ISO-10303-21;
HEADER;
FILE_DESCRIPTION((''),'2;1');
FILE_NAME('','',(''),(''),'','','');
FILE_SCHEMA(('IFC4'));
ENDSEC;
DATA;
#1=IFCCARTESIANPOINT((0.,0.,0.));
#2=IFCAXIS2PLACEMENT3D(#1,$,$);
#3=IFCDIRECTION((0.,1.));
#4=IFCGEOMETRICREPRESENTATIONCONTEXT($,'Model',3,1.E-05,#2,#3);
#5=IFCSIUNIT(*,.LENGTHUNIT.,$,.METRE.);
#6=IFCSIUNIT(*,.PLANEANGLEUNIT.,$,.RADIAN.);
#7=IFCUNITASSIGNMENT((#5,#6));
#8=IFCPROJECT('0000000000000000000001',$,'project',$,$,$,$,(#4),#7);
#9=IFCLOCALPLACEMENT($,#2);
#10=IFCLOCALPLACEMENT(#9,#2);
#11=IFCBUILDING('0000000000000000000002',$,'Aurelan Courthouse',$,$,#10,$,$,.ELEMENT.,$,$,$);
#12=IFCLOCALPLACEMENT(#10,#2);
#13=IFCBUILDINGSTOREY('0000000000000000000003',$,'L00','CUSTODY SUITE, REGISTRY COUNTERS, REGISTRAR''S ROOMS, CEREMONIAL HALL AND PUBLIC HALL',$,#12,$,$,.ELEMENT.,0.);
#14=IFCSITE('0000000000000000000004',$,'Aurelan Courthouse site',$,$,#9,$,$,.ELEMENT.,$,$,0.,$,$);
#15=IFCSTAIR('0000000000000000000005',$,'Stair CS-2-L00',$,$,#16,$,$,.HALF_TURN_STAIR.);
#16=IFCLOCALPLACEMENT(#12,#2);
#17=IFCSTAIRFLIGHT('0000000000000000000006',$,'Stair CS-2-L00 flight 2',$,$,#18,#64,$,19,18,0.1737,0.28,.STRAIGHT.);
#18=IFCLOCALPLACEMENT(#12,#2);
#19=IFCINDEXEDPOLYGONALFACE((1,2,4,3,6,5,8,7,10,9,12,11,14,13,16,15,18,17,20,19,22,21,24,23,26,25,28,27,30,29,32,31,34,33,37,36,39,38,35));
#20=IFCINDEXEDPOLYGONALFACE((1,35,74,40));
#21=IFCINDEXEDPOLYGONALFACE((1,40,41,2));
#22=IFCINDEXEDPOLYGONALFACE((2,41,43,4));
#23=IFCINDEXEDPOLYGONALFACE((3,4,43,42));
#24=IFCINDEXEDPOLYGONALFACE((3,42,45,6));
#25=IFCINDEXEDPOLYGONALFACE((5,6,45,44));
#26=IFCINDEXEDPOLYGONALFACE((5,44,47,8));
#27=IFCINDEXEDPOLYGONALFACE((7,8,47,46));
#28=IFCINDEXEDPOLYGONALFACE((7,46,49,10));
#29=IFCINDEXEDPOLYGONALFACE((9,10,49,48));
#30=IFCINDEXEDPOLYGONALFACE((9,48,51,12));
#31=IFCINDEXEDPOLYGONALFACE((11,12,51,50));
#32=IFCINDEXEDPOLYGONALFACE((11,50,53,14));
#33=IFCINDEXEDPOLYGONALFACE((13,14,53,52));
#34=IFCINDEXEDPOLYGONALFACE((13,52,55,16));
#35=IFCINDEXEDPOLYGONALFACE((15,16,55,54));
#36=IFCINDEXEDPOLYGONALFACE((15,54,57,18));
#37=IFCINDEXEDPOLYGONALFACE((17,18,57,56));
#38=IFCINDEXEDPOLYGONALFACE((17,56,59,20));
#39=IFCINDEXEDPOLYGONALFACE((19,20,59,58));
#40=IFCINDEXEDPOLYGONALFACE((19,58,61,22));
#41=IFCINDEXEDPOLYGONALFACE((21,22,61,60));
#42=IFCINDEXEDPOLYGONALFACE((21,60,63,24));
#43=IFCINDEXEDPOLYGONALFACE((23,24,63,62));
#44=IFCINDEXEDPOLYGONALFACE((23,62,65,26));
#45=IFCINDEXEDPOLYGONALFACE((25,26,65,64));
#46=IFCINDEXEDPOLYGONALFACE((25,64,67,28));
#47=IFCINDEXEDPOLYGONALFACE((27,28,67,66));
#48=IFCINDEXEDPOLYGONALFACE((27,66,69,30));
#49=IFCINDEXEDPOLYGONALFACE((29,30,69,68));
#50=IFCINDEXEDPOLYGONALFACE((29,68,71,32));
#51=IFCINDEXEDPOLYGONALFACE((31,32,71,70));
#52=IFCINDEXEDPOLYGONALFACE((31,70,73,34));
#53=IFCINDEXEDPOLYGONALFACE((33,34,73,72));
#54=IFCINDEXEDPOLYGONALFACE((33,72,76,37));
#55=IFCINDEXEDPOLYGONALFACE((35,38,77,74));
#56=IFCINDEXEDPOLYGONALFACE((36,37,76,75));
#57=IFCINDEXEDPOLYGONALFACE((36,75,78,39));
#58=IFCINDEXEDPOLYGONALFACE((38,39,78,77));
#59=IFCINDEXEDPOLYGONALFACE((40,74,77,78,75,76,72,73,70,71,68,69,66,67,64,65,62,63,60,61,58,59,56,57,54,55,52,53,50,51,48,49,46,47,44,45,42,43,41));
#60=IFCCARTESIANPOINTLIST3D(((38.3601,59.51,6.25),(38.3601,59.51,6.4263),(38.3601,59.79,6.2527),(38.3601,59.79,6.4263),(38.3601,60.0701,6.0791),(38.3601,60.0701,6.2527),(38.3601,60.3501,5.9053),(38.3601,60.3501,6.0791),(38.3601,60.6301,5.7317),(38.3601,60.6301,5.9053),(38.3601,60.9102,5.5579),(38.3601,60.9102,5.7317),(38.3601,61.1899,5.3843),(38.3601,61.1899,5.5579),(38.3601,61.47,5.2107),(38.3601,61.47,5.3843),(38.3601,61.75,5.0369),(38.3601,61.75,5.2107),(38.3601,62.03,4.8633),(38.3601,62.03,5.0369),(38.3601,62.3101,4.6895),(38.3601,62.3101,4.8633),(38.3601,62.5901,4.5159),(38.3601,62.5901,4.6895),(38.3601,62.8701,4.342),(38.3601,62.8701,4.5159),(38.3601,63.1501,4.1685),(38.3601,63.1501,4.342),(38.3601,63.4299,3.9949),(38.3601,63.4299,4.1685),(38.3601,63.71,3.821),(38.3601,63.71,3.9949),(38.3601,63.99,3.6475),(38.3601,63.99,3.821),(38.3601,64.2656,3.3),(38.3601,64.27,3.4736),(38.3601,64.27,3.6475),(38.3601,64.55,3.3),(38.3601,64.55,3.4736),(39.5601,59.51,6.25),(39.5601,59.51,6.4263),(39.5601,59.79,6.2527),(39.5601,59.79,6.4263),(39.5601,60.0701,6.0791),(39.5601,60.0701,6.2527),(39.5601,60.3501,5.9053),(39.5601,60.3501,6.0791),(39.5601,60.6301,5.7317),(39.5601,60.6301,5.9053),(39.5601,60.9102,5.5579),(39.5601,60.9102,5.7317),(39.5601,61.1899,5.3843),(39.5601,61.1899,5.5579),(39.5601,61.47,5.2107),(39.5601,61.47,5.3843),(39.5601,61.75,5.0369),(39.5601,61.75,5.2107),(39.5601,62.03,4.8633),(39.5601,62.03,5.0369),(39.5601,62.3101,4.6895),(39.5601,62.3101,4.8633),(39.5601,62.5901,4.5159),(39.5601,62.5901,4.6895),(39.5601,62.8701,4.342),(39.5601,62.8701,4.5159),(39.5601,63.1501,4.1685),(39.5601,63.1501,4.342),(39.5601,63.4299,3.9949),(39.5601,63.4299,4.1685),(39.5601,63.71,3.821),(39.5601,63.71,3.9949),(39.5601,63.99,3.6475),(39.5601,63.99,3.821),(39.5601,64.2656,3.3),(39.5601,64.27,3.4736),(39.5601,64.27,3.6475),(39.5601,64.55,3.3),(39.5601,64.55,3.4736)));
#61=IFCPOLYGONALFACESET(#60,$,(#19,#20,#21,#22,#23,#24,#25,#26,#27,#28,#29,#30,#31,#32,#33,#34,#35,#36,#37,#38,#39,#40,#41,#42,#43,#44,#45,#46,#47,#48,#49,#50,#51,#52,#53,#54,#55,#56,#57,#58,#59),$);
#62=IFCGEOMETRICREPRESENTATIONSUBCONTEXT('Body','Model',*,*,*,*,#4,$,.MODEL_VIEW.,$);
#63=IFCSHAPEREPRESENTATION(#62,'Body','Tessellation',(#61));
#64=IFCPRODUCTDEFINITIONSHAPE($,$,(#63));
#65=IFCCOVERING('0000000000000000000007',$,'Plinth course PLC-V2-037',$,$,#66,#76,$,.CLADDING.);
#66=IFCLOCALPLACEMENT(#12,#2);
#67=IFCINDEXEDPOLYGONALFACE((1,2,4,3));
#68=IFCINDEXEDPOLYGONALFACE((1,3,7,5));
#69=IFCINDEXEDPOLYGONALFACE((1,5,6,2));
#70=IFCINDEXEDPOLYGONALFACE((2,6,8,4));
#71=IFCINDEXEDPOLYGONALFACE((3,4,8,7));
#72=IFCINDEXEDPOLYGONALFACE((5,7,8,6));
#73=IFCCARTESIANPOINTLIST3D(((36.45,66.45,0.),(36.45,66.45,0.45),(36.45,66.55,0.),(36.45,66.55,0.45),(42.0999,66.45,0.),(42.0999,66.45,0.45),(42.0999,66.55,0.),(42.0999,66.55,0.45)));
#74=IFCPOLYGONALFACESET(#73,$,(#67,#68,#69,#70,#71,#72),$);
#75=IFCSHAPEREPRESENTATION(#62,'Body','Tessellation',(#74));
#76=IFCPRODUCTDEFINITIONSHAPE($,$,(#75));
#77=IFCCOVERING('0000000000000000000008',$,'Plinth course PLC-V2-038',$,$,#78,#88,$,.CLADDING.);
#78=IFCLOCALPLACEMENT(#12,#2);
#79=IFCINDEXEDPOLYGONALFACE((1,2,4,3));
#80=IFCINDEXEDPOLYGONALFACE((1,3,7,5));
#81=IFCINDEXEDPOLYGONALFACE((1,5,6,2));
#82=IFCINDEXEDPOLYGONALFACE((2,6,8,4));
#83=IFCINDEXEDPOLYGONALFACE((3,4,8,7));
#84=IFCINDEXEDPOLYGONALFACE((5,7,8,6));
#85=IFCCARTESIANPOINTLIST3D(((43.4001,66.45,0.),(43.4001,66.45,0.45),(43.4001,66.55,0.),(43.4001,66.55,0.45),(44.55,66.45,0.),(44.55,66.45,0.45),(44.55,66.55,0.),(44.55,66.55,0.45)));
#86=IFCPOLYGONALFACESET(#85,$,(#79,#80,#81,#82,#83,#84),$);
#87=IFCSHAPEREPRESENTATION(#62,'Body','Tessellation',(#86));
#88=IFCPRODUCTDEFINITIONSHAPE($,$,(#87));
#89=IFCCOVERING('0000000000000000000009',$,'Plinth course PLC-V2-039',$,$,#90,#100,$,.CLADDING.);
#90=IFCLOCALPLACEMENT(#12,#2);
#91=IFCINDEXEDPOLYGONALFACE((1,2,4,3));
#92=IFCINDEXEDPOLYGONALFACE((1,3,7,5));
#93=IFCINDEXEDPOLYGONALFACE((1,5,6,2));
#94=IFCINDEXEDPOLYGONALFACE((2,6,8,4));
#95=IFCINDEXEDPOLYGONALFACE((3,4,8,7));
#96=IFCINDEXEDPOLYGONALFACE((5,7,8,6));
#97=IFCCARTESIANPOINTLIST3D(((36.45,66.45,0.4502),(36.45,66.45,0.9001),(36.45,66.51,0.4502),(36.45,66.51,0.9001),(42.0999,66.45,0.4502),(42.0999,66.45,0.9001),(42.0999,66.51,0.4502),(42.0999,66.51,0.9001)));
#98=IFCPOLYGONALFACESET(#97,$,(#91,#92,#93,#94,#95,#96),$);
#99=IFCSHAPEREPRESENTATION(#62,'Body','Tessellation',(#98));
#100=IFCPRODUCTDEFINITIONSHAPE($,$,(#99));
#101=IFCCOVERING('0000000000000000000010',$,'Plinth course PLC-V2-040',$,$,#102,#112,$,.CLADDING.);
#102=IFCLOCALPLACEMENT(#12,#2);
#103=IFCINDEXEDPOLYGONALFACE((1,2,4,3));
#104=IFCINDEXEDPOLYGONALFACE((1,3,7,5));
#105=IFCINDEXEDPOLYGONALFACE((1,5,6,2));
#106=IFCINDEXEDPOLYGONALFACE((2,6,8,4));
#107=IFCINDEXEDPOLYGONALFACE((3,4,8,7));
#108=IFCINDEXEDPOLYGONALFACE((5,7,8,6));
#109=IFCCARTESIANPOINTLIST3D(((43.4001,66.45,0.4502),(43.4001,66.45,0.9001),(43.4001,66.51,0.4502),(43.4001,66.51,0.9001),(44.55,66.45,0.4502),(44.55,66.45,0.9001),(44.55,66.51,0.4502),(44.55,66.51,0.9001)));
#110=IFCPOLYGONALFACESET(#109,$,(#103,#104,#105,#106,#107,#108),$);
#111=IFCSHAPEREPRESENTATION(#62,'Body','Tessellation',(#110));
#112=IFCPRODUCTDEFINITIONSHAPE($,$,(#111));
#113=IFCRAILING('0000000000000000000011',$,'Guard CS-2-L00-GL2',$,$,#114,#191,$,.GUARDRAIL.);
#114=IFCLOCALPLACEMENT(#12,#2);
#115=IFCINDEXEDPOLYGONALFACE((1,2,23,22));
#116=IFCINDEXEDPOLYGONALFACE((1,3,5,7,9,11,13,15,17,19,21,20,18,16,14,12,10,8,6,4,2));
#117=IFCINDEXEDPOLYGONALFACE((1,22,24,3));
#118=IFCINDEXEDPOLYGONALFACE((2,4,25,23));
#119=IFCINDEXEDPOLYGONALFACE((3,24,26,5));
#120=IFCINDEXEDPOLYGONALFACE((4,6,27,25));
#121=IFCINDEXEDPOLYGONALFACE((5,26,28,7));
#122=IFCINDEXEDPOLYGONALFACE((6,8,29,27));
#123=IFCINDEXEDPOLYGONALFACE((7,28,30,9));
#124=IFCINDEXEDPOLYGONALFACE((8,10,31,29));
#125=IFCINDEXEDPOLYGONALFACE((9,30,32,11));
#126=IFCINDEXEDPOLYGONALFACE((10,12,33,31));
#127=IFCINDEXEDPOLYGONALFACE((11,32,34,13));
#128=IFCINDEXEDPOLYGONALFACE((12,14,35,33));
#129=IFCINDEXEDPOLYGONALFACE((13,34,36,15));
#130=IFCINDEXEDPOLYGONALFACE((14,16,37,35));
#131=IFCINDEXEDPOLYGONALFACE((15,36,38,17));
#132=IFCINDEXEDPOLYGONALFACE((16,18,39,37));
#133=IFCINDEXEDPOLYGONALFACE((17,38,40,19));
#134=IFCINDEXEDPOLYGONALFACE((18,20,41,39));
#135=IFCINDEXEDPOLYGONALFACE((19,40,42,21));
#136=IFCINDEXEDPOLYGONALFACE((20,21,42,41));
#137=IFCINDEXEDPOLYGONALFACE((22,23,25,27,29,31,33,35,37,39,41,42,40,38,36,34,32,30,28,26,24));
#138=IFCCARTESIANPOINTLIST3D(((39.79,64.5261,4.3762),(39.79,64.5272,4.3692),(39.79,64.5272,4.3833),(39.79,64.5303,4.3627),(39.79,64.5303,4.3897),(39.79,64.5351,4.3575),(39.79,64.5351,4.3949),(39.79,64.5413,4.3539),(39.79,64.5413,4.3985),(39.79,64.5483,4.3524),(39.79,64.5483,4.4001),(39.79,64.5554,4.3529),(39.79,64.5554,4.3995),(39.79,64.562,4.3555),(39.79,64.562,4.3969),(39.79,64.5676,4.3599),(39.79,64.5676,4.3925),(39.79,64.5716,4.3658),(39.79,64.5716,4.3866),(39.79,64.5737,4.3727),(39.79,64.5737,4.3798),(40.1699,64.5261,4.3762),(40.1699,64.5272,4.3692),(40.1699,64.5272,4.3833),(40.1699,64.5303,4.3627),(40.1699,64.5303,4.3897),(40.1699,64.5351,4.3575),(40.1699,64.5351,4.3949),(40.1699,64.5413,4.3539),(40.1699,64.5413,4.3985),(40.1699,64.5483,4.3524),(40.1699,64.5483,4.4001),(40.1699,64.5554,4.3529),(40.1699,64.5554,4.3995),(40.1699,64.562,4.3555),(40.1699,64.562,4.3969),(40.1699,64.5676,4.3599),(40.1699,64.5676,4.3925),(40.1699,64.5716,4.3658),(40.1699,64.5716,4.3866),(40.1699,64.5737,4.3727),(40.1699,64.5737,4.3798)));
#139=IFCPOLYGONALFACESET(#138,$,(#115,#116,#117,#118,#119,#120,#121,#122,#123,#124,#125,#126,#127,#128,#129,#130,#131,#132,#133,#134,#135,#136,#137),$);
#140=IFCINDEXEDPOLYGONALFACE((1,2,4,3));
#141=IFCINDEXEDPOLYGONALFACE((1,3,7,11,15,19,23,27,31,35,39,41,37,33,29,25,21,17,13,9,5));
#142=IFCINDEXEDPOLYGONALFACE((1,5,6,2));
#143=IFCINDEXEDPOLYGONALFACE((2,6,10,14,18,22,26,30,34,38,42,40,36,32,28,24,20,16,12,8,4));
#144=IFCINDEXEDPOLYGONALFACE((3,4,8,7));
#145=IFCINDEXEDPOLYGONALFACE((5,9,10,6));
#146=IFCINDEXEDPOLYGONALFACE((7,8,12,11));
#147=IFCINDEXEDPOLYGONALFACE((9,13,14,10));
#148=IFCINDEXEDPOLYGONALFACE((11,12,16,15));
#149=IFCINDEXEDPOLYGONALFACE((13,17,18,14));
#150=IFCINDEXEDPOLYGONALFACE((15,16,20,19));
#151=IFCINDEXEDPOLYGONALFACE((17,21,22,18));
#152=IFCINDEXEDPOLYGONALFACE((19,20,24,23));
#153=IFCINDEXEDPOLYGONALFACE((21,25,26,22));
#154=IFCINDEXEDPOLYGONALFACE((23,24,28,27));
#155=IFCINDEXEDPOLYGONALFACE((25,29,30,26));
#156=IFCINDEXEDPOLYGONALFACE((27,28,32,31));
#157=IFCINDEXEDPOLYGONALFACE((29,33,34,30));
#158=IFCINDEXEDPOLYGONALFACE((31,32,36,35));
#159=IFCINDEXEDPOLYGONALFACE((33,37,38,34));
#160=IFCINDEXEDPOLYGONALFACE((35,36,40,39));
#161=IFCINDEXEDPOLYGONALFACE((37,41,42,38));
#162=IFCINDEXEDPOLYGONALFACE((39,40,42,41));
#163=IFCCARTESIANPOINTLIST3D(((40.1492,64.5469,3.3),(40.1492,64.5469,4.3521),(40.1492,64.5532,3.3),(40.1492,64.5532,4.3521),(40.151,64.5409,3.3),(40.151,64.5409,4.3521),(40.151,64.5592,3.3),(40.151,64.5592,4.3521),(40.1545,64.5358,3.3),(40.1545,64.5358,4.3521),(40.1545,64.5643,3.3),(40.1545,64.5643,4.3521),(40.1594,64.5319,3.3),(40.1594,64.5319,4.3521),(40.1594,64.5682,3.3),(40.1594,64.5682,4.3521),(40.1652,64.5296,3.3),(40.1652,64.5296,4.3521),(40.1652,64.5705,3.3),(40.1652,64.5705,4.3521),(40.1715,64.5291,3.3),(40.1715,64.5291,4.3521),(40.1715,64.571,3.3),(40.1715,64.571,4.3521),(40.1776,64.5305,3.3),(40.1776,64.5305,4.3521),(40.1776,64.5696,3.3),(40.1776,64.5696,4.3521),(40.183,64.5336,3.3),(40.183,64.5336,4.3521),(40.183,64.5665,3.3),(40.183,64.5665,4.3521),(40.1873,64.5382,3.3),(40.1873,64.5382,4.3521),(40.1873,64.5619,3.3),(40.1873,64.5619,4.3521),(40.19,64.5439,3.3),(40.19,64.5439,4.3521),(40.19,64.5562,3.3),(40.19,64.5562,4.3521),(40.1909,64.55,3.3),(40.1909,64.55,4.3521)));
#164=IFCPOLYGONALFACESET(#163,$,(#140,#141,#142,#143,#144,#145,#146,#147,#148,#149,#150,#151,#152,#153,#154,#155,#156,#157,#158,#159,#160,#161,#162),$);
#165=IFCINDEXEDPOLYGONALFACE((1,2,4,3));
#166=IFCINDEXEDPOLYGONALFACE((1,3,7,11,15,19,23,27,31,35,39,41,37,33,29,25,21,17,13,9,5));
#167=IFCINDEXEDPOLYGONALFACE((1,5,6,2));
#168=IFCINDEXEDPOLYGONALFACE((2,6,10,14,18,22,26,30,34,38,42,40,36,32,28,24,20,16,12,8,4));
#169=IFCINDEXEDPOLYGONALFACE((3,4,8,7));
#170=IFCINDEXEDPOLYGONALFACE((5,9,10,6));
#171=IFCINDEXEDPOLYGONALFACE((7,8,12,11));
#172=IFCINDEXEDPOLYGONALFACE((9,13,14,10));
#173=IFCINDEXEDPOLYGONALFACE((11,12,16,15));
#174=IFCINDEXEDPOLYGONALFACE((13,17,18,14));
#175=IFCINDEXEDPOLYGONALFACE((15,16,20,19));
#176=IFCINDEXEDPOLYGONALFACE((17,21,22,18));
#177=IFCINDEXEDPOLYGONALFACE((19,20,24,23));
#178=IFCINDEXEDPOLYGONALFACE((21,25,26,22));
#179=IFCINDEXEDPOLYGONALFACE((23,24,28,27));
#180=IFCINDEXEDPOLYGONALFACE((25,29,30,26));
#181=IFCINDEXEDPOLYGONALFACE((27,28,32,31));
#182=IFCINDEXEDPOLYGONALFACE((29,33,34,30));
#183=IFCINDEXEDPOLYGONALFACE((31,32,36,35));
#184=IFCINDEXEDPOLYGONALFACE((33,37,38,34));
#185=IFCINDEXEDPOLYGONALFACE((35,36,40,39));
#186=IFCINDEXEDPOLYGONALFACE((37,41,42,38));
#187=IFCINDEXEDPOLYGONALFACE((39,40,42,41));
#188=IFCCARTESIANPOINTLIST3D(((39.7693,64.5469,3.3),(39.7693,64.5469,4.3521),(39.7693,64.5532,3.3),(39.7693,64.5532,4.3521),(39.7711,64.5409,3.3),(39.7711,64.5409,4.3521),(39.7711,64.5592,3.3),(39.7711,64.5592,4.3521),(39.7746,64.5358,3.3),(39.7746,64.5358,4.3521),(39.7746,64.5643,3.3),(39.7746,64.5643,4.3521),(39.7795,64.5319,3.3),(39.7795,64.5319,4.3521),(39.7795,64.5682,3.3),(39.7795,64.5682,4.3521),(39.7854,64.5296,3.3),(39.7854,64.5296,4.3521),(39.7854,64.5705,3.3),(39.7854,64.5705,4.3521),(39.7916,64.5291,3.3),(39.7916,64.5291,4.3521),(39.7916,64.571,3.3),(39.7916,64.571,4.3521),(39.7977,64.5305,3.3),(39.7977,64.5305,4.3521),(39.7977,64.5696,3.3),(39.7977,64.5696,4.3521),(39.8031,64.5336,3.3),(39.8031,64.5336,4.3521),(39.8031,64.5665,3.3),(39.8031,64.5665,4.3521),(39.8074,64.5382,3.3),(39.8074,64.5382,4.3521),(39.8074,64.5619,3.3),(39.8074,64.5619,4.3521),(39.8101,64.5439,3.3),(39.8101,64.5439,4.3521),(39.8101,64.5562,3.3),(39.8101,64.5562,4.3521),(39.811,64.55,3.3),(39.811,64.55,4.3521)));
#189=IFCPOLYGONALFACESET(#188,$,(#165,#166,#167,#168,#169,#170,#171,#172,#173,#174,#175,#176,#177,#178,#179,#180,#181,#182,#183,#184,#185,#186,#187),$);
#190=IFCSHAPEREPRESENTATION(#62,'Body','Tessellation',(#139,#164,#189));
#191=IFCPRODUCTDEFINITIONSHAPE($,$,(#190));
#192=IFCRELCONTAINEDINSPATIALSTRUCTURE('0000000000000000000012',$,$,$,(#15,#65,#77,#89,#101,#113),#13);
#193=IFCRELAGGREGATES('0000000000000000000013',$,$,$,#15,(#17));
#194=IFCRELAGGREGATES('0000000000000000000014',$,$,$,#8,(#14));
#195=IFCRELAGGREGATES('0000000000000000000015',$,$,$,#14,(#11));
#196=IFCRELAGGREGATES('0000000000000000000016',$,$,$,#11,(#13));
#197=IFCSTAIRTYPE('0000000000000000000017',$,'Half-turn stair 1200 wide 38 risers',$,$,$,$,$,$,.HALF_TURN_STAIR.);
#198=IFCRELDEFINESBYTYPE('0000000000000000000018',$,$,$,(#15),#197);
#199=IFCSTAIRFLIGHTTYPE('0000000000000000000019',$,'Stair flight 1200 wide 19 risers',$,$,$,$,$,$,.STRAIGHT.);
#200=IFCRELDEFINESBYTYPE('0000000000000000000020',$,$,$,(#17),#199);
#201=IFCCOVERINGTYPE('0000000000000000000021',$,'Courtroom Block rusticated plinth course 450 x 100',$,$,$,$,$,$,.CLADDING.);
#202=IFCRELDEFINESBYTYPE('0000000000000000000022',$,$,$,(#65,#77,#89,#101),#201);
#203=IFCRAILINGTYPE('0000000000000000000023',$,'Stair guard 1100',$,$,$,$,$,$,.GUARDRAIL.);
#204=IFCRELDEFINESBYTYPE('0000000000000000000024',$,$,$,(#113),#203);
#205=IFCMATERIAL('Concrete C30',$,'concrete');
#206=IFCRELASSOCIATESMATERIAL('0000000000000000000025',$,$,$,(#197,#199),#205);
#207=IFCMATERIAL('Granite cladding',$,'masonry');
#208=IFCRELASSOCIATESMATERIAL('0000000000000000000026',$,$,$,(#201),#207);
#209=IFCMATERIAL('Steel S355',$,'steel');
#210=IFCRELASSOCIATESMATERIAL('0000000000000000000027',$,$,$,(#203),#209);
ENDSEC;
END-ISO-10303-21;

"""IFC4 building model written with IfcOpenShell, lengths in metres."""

from ifc_helpers import new_model, si_unit, direction, frame, origin, origin_2d, place, context, subcontext, project, spatial, polyline, rectangle, circle, outline, extrude, material, type_object, element, aggregate, save


model = new_model("IFC4")

# Units and contexts
model_context = context("Model", 3, precision=1e-05, world=origin(), true_north=direction((0.0, 1.0)))
body_context = subcontext(model_context, "Body", "Model", "MODEL_VIEW")
ifc_project = project(units=[si_unit("LENGTHUNIT", "METRE"), si_unit("PLANEANGLEUNIT", "RADIAN")], contexts=[model_context])

# Site, building, storey
site_placement = place(None, origin())
site = spatial("IfcSite", under=ifc_project, at=site_placement, Name="Aurelan Courthouse site", CompositionType="ELEMENT", RefElevation=0.0)
building_placement = place(site_placement, origin())
building = spatial("IfcBuilding", under=site, at=building_placement, Name="Aurelan Courthouse", CompositionType="ELEMENT")
storey_placement = place(building_placement, origin())
storey = spatial("IfcBuildingStorey", under=building, at=storey_placement, Name="L00", Description="CUSTODY SUITE, REGISTRY COUNTERS, REGISTRAR'S ROOMS, CEREMONIAL HALL AND PUBLIC HALL", CompositionType="ELEMENT", Elevation=0.0)

# Shared definitions
ifc_material_1 = material(Name="Concrete C30", Category="concrete")

# Stair, stair flight
stair_type = type_object("IfcStairType", Name="Half-turn stair 1200 wide 38 risers", PredefinedType="HALF_TURN_STAIR", material=ifc_material_1)
stair_placement = place(storey_placement, origin())
stair = element("IfcStair", 1, at=stair_placement, inside=storey, type_object=stair_type, Name="Stair CS-2-L00", PredefinedType="HALF_TURN_STAIR")
stair_flight_type = type_object("IfcStairFlightType", Name="Stair flight 1200 wide 19 risers", PredefinedType="STRAIGHT", material=ifc_material_1)
stair_flight_placement = place(storey_placement, frame((38.96, 64.55, 3.3), z_axis=(0.0, 0.0, 1.0), x_axis=(0.0, -1.0, 0.0)))
stair_flight = element("IfcStairFlight", 2, at=stair_flight_placement, type_object=stair_flight_type, Name="Stair CS-2-L00 flight 2", NumberOfRisers=19, NumberOfTreads=18, PredefinedType="STRAIGHT", RiserHeight=0.1737, TreadLength=0.28, context=body_context, shape_type="SweptSolid", body=[
    extrude(outline(polyline([(0.0, 0.0), (0.0, 0.1736), (0.28, 0.1736), (0.28, 0.3474), (0.5601, 0.3474), (0.5601, 0.521), (0.8401, 0.521), (0.8401, 0.6948), (1.1201, 0.6948), (1.1201, 0.8684), (1.3999, 0.8684), (1.3999, 1.042), (1.6799, 1.042), (1.6799, 1.2158), (1.96, 1.2158), (1.96, 1.3894), (2.24, 1.3894), (2.24, 1.5632), (2.52, 1.5632), (2.52, 1.7368), (2.8, 1.7368), (2.8, 1.9106), (3.0801, 1.9106), (3.0801, 2.0842), (3.3601, 2.0842), (3.3601, 2.2578), (3.6399, 2.2578), (3.6399, 2.4316), (3.9199, 2.4316), (3.9199, 2.6052), (4.2, 2.6052), (4.2, 2.7791), (4.48, 2.7791), (4.48, 2.9526), (4.76, 2.9526), (4.76, 3.1262), (5.04, 3.1262), (5.04, 3.3), (5.04, 2.95), (0.2844, 0.0), (0.0, 0.0)])), frame((0.0, 0.6001, 0.0), z_axis=(0.0, -1.0, 0.0), x_axis=(1.0, 0.0, 0.0)), (0.0, 0.0, 1.0), 1.2),
])
aggregate(stair, [stair_flight])

# Coverings
ifc_material_2 = material(Name="Granite cladding", Category="masonry")
covering_type = type_object("IfcCoveringType", Name="Courtroom Block rusticated plinth course 450 x 100", PredefinedType="CLADDING", material=ifc_material_2)
covering_1_placement = place(storey_placement, frame((39.2749, 66.5, 0.0), z_axis=(0.0, 0.0, 1.0), x_axis=(1.0, 0.0, 0.0)))
element("IfcCovering", 3, at=covering_1_placement, inside=storey, type_object=covering_type, Name="Plinth course PLC-V2-037", PredefinedType="CLADDING", context=body_context, shape_type="SweptSolid", body=[
    extrude(rectangle(XDim=5.6499, YDim=0.1001, at=origin_2d()), origin(), (0.0, 0.0, 1.0), 0.45),
])
covering_2_placement = place(storey_placement, frame((43.9751, 66.5, 0.0), z_axis=(0.0, 0.0, 1.0), x_axis=(1.0, 0.0, 0.0)))
element("IfcCovering", 4, at=covering_2_placement, inside=storey, type_object=covering_type, Name="Plinth course PLC-V2-038", PredefinedType="CLADDING", context=body_context, shape_type="SweptSolid", body=[
    extrude(rectangle(XDim=1.1499, YDim=0.1001, at=origin_2d()), origin(), (0.0, 0.0, 1.0), 0.45),
])
covering_3_placement = place(storey_placement, frame((39.2749, 66.48, 0.4502), z_axis=(0.0, 0.0, 1.0), x_axis=(1.0, 0.0, 0.0)))
element("IfcCovering", 5, at=covering_3_placement, inside=storey, type_object=covering_type, Name="Plinth course PLC-V2-039", PredefinedType="CLADDING", context=body_context, shape_type="SweptSolid", body=[
    extrude(rectangle(XDim=5.6499, YDim=0.0601, at=origin_2d()), origin(), (0.0, 0.0, 1.0), 0.45),
])
covering_4_placement = place(storey_placement, frame((43.9751, 66.48, 0.4502), z_axis=(0.0, 0.0, 1.0), x_axis=(1.0, 0.0, 0.0)))
element("IfcCovering", 6, at=covering_4_placement, inside=storey, type_object=covering_type, Name="Plinth course PLC-V2-040", PredefinedType="CLADDING", context=body_context, shape_type="SweptSolid", body=[
    extrude(rectangle(XDim=1.1499, YDim=0.0601, at=origin_2d()), origin(), (0.0, 0.0, 1.0), 0.45),
])

# Railing
ifc_material_3 = material(Name="Steel S355", Category="steel")
railing_type_1 = type_object("IfcRailingType", Name="Stair guard 1100", PredefinedType="GUARDRAIL", material=ifc_material_3)
railing_1_placement = place(storey_placement, frame((40.1699, 64.55, 3.3)))
element("IfcRailing", 7, at=railing_1_placement, inside=storey, type_object=railing_type_1, Name="Guard CS-2-L00-GL2", PredefinedType="GUARDRAIL", context=body_context, shape_type="SweptSolid", body=[
    extrude(circle(Radius=0.0239, at=origin_2d()), frame((0.0, 0.0, 1.0762), z_axis=(-1.0, 0.0, 0.0), x_axis=(0.0, -1.0, 0.0)), (0.0, 0.0, 1.0), 0.3799),
    extrude(circle(Radius=0.021, at=origin_2d()), origin(), (0.0, 0.0, 1.0), 1.052),
    extrude(circle(Radius=0.021, at=origin_2d()), frame((-0.3799, 0.0, 0.0)), (0.0, 0.0, 1.0), 1.052),
])

save(model, "model.ifc")
